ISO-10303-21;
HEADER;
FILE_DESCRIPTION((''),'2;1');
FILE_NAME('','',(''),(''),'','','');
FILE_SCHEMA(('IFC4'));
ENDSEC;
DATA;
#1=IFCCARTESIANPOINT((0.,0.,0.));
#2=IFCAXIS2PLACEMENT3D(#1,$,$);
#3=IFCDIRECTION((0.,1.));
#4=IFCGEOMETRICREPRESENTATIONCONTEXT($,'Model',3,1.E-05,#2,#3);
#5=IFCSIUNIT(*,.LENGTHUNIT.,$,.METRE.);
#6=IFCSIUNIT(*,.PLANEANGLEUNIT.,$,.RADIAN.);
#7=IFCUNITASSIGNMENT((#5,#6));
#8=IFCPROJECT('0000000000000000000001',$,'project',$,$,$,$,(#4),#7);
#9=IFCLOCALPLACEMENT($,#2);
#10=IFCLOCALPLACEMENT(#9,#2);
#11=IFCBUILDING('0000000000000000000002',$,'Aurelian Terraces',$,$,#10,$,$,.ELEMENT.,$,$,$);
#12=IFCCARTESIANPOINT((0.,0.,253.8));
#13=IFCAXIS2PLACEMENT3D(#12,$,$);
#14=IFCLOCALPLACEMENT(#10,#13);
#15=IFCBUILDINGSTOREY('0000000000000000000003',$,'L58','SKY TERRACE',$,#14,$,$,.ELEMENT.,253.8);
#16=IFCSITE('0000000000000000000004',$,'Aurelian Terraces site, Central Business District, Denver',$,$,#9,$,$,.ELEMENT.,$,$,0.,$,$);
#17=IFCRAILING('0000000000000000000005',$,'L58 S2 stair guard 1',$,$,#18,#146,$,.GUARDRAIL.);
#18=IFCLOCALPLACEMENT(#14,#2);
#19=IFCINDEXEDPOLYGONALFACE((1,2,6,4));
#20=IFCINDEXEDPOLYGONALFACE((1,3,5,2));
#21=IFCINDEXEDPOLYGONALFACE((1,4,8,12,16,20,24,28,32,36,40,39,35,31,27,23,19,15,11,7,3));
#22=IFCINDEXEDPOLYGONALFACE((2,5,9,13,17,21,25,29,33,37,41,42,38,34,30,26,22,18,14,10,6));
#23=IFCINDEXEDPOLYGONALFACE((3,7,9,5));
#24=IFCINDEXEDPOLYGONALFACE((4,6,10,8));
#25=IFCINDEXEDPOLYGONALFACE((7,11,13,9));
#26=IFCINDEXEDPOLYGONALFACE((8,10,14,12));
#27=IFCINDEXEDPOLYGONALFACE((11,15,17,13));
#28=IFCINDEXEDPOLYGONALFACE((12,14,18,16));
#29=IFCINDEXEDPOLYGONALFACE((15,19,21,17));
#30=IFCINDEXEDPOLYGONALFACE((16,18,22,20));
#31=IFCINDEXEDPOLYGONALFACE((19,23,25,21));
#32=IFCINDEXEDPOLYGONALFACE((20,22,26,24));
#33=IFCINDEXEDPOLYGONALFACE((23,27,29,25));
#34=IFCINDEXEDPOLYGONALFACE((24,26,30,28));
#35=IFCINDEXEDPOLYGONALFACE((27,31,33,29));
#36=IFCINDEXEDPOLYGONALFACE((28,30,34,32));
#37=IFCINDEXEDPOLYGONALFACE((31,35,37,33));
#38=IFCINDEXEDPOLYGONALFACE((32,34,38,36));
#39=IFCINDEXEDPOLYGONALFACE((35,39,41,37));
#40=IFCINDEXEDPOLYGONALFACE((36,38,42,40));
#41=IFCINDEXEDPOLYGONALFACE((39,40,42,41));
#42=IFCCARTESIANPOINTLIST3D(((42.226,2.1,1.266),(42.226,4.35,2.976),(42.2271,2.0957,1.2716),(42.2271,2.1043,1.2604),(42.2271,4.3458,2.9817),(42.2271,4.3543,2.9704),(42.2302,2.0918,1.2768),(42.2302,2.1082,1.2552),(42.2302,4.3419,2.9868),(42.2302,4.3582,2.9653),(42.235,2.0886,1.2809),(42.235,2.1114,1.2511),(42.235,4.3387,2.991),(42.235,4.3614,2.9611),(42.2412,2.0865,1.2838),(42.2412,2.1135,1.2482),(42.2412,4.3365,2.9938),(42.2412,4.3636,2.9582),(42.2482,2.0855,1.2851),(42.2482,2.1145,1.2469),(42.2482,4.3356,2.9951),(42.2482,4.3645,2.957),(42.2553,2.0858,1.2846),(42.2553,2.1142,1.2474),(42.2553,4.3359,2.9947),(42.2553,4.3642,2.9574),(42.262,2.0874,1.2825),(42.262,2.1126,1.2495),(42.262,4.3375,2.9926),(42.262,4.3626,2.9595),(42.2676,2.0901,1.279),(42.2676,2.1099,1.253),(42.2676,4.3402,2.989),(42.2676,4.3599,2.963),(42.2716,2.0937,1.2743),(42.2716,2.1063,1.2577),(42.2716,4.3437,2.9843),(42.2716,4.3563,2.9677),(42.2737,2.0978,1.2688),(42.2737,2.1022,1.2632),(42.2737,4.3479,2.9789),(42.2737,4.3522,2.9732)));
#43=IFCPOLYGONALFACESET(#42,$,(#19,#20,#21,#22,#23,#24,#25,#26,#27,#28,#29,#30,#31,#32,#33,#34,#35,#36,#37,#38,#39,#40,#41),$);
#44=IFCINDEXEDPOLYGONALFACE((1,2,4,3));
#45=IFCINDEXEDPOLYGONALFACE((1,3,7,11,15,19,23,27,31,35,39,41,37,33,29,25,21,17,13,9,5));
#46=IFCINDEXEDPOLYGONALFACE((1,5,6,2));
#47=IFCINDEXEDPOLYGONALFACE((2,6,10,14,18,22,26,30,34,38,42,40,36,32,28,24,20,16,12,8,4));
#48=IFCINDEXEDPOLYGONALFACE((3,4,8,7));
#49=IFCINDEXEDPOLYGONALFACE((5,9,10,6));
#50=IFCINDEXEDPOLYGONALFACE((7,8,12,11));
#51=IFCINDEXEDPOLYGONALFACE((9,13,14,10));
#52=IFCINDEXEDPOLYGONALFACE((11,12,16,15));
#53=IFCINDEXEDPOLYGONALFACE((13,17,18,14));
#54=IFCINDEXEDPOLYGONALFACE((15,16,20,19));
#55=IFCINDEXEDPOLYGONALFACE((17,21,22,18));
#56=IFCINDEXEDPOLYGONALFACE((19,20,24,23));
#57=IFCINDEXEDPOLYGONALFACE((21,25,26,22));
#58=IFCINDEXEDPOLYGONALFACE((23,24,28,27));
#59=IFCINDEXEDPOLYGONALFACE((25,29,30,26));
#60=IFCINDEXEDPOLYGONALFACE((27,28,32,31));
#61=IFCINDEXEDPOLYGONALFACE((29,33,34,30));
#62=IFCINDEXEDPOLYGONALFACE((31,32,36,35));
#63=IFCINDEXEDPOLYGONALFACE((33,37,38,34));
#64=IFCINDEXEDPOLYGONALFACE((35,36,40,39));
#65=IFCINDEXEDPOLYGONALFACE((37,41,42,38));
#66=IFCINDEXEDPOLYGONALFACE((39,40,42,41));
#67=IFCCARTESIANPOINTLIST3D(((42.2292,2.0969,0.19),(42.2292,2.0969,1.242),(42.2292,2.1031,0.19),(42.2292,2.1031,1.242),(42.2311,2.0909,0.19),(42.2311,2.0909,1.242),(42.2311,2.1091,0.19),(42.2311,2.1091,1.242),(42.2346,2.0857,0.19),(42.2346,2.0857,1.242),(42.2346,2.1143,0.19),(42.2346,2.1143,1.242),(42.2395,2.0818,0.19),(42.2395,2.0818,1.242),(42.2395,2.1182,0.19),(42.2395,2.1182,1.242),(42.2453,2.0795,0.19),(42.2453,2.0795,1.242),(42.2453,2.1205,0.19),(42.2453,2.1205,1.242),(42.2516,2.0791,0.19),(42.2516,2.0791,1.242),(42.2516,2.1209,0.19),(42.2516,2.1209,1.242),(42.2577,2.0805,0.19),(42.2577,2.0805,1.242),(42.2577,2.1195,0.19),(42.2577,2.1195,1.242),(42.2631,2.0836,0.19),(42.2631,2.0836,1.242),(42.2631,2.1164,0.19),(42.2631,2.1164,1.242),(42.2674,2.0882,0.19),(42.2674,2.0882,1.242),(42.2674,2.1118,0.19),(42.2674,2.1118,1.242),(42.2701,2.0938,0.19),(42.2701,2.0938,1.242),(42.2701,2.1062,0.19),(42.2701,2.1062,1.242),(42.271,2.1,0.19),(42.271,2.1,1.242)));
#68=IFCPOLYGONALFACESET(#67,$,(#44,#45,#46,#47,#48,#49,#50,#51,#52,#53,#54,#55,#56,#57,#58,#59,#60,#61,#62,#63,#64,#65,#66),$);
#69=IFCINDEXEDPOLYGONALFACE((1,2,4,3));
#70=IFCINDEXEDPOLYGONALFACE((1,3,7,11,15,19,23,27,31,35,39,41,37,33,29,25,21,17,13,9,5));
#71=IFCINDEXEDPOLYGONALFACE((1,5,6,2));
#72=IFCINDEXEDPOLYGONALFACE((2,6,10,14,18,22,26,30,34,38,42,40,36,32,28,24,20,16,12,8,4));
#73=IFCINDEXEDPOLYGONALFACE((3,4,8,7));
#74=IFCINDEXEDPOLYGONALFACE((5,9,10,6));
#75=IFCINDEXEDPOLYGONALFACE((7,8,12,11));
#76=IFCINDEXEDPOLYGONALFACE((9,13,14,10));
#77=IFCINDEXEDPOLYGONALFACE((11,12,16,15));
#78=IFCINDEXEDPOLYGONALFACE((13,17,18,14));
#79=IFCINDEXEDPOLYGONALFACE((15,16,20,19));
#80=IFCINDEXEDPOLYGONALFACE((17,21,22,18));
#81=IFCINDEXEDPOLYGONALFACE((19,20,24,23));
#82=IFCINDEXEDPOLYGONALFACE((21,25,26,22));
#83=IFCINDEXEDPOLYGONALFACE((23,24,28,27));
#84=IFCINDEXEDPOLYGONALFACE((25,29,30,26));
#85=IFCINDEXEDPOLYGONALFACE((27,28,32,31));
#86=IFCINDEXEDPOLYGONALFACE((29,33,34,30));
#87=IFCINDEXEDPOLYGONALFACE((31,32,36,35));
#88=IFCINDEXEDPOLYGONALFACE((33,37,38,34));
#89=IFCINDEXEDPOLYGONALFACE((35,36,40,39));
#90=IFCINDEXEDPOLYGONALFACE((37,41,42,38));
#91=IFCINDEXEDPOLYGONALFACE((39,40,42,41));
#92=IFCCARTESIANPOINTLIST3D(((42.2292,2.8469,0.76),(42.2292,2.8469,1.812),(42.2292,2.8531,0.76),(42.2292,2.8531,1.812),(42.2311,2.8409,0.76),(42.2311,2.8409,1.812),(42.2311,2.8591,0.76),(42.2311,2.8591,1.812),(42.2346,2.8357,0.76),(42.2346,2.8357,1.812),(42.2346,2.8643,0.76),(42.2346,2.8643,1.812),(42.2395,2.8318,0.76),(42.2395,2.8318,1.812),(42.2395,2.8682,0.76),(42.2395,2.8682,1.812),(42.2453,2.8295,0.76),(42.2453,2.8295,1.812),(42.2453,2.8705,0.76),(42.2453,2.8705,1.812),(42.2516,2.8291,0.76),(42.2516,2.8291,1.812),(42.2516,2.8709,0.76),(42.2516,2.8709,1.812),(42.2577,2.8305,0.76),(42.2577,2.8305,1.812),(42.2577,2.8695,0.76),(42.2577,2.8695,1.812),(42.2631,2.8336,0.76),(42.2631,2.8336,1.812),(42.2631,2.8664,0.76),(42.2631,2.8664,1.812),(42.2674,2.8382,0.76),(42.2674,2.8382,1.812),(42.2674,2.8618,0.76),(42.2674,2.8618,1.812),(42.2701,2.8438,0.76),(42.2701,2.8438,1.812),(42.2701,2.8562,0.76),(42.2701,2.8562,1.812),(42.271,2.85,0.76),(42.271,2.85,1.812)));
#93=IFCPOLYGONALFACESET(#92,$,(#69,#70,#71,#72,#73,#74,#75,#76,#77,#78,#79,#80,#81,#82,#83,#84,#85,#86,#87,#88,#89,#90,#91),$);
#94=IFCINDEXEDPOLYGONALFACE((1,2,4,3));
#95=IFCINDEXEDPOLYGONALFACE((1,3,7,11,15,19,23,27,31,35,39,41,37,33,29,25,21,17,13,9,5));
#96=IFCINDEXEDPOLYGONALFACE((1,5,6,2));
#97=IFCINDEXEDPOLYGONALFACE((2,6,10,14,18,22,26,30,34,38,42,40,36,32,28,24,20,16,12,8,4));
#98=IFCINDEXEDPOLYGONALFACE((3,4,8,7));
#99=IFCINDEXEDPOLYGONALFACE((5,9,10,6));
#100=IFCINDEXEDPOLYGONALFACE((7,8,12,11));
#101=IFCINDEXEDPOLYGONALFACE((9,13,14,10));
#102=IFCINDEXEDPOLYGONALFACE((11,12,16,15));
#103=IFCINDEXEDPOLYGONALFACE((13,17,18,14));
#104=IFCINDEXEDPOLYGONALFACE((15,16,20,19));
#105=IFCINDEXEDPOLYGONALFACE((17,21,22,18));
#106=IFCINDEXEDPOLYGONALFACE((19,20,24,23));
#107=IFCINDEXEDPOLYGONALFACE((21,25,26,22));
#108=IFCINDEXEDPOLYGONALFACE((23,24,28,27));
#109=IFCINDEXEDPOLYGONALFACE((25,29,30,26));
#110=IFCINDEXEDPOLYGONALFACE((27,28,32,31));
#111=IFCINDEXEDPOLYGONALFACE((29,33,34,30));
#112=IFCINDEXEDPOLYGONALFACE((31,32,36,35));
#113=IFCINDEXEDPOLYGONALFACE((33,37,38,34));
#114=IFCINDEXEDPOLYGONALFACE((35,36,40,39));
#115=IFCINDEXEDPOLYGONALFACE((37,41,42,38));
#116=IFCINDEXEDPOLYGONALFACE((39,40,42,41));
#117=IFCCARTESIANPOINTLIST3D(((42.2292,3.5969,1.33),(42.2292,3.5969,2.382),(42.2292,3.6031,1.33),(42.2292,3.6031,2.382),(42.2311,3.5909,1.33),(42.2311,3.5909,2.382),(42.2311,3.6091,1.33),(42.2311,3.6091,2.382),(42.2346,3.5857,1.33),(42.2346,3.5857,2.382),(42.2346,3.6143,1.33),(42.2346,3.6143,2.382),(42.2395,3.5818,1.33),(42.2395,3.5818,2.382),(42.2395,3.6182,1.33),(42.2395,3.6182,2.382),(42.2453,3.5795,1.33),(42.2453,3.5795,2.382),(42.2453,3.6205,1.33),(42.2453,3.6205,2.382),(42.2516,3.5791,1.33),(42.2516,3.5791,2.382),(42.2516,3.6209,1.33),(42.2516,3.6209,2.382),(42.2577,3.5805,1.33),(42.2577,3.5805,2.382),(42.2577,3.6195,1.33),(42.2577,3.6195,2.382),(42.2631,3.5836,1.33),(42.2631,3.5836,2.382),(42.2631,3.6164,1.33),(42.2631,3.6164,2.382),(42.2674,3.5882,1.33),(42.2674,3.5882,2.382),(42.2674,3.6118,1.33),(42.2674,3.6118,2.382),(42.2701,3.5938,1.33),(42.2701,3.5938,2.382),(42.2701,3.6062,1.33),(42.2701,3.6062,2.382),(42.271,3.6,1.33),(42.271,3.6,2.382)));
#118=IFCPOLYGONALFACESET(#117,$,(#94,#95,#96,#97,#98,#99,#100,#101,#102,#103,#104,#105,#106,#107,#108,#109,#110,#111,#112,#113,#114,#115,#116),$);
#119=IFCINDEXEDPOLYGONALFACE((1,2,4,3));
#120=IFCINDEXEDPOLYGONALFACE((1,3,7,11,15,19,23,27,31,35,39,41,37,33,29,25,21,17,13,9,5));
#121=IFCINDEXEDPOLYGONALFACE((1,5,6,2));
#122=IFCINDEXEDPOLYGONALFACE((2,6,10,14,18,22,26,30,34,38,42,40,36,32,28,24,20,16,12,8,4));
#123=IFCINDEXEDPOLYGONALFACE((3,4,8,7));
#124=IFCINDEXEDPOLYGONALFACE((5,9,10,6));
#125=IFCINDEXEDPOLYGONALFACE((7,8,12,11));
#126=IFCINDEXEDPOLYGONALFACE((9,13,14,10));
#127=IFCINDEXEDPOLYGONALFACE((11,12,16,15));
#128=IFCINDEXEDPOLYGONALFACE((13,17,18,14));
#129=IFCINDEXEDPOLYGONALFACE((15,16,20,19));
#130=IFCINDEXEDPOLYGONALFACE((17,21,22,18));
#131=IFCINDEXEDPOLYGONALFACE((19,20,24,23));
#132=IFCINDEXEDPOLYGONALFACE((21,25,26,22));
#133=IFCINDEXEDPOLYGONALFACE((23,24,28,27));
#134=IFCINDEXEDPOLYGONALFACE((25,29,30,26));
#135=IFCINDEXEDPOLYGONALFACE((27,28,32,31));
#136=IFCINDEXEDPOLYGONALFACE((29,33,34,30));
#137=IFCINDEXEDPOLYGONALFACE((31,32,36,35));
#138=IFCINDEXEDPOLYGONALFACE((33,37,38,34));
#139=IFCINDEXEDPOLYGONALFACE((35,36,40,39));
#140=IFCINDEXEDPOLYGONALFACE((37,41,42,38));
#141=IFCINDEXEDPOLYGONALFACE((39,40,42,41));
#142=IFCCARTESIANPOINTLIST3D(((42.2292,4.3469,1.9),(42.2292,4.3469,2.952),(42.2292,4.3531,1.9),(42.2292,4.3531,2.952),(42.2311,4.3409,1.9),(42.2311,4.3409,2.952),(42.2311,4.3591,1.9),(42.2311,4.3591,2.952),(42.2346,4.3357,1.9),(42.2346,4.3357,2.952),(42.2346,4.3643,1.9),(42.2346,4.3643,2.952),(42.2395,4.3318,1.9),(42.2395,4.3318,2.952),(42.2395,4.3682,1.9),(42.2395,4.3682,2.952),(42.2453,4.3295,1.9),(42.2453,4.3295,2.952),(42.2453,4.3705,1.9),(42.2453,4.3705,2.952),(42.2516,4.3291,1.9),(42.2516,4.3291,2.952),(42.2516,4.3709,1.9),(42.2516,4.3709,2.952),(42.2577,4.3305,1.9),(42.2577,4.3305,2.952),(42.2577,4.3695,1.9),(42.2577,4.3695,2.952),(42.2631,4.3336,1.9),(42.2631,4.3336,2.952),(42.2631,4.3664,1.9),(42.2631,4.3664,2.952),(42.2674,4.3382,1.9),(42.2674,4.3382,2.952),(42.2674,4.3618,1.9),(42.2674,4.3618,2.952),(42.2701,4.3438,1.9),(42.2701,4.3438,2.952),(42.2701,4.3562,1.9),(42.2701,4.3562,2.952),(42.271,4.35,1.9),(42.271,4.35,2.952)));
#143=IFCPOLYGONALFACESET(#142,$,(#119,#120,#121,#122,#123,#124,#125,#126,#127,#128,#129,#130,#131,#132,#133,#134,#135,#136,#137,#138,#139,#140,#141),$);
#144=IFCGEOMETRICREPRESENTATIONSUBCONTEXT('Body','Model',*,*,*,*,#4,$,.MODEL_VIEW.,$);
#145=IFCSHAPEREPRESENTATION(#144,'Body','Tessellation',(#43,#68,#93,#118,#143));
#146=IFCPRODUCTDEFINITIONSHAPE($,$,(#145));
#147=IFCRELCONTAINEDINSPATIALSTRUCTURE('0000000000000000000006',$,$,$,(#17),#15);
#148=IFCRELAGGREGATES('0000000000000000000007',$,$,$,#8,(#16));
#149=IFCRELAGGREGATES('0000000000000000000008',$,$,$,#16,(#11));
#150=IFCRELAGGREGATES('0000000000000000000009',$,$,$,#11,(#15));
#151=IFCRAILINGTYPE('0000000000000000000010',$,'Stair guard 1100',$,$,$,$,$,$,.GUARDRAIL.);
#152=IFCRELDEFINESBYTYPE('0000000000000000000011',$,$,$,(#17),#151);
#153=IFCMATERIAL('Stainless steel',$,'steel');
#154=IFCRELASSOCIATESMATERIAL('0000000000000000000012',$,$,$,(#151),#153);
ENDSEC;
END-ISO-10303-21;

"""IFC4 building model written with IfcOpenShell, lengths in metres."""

from ifc_helpers import new_model, si_unit, direction, frame, origin, origin_2d, place, context, subcontext, project, spatial, circle, extrude, source, transform, mapped, material, type_object, element, save


model = new_model("IFC4")

# Units and contexts
model_context = context("Model", 3, precision=1e-05, world=origin(), true_north=direction((0.0, 1.0)))
body_context = subcontext(model_context, "Body", "Model", "MODEL_VIEW")
ifc_project = project(units=[si_unit("LENGTHUNIT", "METRE"), si_unit("PLANEANGLEUNIT", "RADIAN")], contexts=[model_context])

# Site, building, storey
site_placement = place(None, origin())
site = spatial("IfcSite", under=ifc_project, at=site_placement, Name="Aurelian Terraces site, Central Business District, Denver", CompositionType="ELEMENT", RefElevation=0.0)
building_placement = place(site_placement, origin())
building = spatial("IfcBuilding", under=site, at=building_placement, Name="Aurelian Terraces", CompositionType="ELEMENT")
storey_placement = place(building_placement, frame((0.0, 0.0, 253.8)))
storey = spatial("IfcBuildingStorey", under=building, at=storey_placement, Name="L58", Description="SKY TERRACE", CompositionType="ELEMENT", Elevation=253.8)

# Railing
ifc_material_1 = material(Name="Stainless steel", Category="steel")
railing_type_1 = type_object("IfcRailingType", Name="Stair guard 1100", PredefinedType="GUARDRAIL", material=ifc_material_1)
shared_shape_1 = source(origin(), body_context, "Body", "SweptSolid", [
    extrude(circle(Radius=0.024, at=origin_2d()), frame((0.0, 0.0, 1.076), z_axis=(0.0, 0.796162, 0.605083), x_axis=(-1.0, 0.0, 0.0)), (0.0, 0.0, 1.0), 2.8261),
    extrude(circle(Radius=0.021, at=origin_2d()), origin(), (0.0, 0.0, 1.0), 1.052),
    extrude(circle(Radius=0.021, at=origin_2d()), frame((0.0, 0.75, 0.57)), (0.0, 0.0, 1.0), 1.052),
    extrude(circle(Radius=0.021, at=origin_2d()), frame((0.0, 1.5, 1.14)), (0.0, 0.0, 1.0), 1.052),
    extrude(circle(Radius=0.021, at=origin_2d()), frame((0.0, 2.25, 1.71)), (0.0, 0.0, 1.0), 1.052),
])
railing_1_placement = place(storey_placement, frame((42.25, 2.1, 0.19)))
element("IfcRailing", 1, at=railing_1_placement, inside=storey, type_object=railing_type_1, Name="L58 S2 stair guard 1", PredefinedType="GUARDRAIL", context=body_context, shape_type="MappedRepresentation", body=[
    mapped(shared_shape_1, transform((0.0, 0.0, 0.0), scale=1.0)),
])

save(model, "model.ifc")
